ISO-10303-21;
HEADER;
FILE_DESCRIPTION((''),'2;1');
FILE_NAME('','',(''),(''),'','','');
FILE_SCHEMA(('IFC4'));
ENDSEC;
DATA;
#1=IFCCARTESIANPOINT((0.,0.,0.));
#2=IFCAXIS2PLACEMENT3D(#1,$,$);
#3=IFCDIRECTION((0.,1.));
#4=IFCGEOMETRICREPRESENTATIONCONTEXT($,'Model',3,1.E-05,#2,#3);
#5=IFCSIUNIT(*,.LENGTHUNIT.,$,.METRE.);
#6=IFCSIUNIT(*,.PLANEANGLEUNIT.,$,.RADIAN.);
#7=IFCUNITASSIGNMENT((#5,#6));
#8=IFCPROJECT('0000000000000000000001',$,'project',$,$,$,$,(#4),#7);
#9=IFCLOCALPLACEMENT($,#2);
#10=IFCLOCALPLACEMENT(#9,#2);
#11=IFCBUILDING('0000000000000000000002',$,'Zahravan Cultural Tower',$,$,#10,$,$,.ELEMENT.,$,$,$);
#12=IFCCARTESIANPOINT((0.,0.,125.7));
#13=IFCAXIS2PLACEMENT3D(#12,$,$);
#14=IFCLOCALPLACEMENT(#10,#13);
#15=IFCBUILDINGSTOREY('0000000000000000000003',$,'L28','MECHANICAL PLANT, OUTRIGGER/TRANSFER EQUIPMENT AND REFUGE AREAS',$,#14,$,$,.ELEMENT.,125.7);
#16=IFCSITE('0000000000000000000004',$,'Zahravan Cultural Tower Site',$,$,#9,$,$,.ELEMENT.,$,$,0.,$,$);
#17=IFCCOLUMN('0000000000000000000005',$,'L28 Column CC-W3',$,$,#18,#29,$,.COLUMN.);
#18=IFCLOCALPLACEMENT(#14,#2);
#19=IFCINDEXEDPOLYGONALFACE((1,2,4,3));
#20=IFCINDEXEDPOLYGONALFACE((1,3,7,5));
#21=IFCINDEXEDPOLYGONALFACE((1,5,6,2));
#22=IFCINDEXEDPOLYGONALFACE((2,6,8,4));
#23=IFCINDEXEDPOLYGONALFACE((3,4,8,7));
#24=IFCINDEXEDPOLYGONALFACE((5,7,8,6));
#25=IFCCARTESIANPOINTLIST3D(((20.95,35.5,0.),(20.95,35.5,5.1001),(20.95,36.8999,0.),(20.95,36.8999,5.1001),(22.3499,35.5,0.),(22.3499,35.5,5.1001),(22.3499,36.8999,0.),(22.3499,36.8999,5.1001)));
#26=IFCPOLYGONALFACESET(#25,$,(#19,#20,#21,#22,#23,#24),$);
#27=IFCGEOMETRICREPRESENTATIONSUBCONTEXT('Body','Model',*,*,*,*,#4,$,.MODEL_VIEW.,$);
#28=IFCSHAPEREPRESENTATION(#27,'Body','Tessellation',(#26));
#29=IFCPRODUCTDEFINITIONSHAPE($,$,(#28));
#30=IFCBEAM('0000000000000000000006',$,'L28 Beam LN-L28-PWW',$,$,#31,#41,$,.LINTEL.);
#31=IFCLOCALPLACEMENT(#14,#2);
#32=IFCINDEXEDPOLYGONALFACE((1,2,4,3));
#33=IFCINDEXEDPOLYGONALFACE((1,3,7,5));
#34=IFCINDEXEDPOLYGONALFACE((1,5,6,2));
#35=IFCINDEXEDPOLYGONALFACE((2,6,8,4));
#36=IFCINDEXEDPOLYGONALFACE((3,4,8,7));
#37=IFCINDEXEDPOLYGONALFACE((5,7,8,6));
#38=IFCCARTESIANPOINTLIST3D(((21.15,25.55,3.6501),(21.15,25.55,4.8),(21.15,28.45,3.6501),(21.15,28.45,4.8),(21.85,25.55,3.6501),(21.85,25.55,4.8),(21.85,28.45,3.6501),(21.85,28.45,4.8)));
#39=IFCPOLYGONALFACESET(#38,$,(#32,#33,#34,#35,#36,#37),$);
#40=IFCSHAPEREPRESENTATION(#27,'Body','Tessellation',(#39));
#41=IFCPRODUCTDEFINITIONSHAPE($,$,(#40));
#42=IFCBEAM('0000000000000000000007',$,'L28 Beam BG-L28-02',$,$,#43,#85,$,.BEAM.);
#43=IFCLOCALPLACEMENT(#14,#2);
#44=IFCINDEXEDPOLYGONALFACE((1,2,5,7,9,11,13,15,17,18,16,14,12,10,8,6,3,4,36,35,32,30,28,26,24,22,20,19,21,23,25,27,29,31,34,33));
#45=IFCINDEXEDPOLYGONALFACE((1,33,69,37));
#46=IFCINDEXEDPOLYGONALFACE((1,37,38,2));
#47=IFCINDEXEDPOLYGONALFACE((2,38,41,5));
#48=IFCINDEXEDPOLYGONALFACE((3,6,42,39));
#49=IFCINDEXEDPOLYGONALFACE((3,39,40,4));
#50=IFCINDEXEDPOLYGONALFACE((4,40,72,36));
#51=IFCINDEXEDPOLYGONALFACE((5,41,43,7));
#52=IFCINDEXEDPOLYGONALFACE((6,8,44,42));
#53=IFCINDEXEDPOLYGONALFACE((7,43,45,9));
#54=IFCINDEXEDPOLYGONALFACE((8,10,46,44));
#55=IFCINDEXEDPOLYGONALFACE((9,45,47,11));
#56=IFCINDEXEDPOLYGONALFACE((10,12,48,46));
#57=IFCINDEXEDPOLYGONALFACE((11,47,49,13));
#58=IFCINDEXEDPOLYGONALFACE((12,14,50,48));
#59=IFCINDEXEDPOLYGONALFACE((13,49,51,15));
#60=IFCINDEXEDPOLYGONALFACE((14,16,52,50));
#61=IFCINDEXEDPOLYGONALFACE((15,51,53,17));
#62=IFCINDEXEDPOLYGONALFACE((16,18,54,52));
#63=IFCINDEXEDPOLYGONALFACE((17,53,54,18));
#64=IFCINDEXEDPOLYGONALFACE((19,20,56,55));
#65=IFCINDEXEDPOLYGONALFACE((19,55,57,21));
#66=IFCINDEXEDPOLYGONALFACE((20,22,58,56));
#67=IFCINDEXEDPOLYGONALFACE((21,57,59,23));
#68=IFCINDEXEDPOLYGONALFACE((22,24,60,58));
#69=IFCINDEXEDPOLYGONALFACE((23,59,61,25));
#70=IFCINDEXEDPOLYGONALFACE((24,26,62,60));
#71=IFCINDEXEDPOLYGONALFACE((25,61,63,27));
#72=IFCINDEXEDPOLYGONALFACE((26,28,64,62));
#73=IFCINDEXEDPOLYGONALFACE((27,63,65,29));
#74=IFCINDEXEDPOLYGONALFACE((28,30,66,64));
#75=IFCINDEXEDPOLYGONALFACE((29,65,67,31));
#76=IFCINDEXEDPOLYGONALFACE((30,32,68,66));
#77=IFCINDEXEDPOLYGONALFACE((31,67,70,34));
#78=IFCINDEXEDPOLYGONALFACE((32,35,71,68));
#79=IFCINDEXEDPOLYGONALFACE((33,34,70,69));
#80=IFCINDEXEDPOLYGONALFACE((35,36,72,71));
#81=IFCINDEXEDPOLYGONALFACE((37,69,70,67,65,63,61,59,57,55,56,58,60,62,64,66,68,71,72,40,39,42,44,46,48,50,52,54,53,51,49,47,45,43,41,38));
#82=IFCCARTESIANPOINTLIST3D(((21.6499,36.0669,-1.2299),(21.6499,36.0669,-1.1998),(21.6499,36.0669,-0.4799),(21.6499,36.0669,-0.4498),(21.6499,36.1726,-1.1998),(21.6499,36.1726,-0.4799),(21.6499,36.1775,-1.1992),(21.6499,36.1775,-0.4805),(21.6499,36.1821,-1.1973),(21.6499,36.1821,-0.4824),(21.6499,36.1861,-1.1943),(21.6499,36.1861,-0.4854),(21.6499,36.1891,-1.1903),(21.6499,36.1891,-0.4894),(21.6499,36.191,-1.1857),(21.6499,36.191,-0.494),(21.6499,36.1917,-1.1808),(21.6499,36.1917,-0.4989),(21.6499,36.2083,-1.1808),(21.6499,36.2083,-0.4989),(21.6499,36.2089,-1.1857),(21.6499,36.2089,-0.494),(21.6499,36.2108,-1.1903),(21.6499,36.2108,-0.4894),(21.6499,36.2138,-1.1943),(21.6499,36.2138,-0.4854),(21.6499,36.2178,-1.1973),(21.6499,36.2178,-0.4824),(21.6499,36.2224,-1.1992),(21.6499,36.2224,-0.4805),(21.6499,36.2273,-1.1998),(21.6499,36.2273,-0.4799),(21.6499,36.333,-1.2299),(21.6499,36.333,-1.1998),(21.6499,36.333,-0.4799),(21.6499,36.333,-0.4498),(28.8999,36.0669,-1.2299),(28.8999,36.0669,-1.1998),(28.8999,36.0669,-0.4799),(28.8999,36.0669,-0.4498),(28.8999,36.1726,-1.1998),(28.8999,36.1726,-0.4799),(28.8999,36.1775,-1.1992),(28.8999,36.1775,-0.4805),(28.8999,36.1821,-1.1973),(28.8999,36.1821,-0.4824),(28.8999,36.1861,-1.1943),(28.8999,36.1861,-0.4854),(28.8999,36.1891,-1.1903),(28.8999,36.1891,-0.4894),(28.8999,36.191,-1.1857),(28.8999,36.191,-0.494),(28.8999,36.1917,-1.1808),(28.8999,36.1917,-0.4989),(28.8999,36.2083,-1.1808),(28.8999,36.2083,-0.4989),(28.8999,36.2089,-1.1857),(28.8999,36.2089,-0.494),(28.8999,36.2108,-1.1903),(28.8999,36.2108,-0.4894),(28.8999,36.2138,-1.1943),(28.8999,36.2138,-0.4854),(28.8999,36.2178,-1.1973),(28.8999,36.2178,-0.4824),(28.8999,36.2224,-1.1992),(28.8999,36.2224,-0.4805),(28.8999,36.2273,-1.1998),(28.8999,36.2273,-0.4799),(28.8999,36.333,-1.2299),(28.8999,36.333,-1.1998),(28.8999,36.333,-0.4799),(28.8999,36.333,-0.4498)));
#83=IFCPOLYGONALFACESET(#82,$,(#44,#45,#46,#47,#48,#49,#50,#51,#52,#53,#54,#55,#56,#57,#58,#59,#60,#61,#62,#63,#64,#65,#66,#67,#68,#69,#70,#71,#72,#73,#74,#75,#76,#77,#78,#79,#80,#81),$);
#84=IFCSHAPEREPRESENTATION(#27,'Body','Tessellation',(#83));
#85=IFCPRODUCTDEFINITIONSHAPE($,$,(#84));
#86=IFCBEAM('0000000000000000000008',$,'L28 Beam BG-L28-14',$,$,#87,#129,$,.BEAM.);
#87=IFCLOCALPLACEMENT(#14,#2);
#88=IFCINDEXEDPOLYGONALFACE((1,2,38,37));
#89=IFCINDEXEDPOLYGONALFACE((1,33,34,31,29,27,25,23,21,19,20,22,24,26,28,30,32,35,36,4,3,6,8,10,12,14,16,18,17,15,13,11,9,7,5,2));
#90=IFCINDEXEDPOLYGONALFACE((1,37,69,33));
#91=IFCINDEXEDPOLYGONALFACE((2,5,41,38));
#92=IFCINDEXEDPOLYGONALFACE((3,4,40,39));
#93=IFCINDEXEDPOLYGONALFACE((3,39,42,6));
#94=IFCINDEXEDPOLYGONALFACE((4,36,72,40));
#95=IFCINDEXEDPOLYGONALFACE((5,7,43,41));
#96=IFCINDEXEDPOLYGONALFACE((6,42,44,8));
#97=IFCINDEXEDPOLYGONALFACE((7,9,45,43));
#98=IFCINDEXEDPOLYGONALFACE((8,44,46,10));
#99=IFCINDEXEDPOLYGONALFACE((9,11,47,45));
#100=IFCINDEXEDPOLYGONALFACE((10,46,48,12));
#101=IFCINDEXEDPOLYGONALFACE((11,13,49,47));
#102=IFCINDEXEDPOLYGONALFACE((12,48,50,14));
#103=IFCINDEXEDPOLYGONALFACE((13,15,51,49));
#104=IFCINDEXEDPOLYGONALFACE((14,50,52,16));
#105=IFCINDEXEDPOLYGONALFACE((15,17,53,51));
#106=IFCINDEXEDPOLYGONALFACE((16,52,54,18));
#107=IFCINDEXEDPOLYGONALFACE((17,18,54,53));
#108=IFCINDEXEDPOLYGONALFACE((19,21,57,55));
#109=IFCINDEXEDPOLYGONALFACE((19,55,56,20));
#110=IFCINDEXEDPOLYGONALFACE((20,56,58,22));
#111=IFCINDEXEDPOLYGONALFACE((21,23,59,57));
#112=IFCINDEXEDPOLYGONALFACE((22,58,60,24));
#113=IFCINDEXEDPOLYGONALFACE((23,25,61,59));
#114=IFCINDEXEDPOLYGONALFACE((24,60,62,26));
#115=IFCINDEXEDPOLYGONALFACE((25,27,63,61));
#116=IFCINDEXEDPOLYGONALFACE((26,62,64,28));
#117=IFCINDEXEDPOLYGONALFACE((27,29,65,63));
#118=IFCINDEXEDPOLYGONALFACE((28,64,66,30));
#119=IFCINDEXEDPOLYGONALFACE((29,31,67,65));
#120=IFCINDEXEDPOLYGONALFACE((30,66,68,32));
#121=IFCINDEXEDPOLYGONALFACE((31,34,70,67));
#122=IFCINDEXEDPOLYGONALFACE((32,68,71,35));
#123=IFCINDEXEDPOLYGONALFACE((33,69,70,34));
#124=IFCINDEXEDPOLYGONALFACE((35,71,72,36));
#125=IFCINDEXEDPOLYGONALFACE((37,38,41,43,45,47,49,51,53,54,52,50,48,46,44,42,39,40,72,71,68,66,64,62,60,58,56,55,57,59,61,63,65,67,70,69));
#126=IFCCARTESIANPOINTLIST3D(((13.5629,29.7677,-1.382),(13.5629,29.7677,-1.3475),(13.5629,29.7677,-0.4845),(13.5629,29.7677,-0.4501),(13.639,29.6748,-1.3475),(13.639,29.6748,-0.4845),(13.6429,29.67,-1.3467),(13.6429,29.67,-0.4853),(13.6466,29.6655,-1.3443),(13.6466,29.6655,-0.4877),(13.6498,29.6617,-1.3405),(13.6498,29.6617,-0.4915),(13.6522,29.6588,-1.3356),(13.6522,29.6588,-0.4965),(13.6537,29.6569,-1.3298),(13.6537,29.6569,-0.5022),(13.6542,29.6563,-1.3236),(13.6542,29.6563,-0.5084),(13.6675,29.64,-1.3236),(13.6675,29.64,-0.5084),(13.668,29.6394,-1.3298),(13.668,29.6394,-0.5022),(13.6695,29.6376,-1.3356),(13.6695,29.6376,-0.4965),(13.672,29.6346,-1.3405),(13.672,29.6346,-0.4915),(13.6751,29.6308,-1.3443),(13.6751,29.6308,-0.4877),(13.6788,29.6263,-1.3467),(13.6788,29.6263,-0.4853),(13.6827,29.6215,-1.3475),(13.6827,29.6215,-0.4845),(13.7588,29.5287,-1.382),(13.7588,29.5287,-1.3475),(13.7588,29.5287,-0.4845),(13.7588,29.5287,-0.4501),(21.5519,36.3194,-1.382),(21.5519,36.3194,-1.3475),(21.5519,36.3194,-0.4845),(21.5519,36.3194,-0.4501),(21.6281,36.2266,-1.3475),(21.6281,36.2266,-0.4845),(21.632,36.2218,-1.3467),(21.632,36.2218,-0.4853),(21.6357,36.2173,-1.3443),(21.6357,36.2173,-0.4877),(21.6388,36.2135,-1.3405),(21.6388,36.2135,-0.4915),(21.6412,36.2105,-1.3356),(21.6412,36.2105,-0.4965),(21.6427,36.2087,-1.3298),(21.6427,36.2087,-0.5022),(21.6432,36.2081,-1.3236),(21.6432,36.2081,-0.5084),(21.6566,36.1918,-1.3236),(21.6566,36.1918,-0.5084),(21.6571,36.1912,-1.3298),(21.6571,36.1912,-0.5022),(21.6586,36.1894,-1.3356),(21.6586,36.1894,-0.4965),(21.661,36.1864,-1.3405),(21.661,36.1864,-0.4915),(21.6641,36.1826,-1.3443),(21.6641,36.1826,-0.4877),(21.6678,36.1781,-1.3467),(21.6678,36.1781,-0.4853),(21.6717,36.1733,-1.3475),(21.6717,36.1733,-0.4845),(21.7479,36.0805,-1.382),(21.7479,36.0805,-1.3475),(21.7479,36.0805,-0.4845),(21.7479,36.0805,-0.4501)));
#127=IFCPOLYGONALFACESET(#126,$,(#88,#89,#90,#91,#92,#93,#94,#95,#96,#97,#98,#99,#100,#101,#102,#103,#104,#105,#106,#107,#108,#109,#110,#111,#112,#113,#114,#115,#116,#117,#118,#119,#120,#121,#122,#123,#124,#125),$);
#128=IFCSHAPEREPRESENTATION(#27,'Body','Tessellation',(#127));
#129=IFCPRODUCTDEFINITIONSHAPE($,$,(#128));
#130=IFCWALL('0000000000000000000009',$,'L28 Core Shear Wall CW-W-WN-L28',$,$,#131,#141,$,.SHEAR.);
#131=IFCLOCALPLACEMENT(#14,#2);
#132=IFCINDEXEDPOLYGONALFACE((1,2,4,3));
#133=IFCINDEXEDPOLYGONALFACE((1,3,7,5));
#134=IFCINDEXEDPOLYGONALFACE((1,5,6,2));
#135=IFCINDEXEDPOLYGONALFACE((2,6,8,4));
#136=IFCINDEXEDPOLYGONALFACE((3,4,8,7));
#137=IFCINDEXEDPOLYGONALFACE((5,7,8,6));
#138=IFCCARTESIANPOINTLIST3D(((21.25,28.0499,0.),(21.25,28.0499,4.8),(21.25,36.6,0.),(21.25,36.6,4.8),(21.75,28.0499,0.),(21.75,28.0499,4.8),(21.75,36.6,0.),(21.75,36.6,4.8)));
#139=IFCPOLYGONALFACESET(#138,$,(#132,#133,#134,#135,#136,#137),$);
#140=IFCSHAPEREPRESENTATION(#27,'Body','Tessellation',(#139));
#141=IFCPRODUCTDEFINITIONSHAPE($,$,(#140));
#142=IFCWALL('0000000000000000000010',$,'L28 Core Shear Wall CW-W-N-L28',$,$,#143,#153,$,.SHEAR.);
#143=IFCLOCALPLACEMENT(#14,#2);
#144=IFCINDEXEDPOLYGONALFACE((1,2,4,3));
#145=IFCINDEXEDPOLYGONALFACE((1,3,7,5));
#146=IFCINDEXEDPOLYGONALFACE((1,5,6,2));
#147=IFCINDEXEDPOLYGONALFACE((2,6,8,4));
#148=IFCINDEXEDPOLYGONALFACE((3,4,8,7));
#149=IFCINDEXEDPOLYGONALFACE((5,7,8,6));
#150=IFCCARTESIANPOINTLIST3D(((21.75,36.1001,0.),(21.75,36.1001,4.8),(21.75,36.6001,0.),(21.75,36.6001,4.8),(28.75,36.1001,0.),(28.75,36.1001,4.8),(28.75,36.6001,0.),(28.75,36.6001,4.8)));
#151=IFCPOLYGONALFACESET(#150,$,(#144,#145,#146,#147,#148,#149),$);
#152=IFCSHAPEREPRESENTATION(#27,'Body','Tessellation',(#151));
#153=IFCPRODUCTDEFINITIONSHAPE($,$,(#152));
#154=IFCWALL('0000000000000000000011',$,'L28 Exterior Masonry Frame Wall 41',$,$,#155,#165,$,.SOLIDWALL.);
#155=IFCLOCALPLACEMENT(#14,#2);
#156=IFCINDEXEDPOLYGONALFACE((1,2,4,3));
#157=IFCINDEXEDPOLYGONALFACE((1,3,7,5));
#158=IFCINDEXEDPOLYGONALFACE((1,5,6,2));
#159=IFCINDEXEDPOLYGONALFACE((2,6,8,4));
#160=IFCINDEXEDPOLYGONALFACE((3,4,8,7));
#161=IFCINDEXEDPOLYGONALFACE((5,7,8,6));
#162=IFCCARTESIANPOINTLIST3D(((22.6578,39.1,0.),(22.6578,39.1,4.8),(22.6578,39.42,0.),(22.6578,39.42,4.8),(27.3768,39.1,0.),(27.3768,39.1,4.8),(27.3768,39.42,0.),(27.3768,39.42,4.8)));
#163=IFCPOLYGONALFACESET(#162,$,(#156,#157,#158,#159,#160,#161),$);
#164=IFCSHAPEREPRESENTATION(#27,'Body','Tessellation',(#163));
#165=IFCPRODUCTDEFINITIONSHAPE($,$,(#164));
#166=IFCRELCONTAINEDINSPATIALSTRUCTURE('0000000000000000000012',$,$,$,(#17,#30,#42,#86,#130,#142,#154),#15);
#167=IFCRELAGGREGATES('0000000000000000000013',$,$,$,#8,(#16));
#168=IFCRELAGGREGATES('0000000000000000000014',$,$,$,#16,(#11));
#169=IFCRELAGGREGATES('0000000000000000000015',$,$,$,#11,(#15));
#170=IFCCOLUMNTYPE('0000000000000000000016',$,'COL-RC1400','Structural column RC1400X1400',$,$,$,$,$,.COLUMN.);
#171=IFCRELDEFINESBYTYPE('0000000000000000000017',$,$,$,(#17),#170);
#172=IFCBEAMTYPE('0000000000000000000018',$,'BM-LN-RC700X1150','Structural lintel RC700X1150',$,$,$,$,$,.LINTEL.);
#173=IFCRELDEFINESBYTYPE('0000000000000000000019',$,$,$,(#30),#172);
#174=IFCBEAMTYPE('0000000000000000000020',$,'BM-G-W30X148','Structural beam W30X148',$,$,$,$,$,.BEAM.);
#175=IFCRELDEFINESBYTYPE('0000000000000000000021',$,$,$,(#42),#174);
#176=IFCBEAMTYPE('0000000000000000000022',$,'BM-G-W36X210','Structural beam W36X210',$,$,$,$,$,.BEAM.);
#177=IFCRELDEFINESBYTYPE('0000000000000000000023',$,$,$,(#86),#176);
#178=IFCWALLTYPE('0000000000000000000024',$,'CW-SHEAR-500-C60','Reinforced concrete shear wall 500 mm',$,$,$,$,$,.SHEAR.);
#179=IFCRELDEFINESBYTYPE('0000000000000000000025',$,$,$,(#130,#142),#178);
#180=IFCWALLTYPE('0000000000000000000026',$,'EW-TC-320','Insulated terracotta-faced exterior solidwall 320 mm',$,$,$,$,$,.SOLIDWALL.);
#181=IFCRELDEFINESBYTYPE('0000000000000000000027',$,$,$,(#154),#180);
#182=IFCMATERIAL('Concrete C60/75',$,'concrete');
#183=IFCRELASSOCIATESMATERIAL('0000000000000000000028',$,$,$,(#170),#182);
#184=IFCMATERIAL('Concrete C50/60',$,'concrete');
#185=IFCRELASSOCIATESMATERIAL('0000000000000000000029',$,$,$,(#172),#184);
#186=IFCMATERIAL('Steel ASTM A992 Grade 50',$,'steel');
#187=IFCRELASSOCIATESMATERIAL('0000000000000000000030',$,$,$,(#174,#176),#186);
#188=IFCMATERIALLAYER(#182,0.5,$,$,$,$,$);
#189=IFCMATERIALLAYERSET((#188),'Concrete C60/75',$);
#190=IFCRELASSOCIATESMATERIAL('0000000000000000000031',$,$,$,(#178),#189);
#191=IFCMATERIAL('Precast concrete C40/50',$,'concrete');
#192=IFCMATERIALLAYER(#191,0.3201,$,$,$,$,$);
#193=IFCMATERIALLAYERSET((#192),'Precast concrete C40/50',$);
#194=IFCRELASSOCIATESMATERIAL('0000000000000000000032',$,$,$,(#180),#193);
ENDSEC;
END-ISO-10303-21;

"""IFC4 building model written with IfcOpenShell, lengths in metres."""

from ifc_helpers import new_model, si_unit, direction, frame, frame_2d, origin, origin_2d, place, context, subcontext, project, spatial, rectangle, i_section, extrude, source, transform, mapped, material, layer, layer_set, material_profile, profile_set, type_object, element, save


model = new_model("IFC4")

# Units and contexts
model_context = context("Model", 3, precision=1e-05, world=origin(), true_north=direction((0.0, 1.0)))
body_context = subcontext(model_context, "Body", "Model", "MODEL_VIEW")
ifc_project = project(units=[si_unit("LENGTHUNIT", "METRE"), si_unit("PLANEANGLEUNIT", "RADIAN")], contexts=[model_context])

# Site, building, storey
site_placement = place(None, origin())
site = spatial("IfcSite", under=ifc_project, at=site_placement, Name="Zahravan Cultural Tower Site", CompositionType="ELEMENT", RefElevation=0.0)
building_placement = place(site_placement, origin())
building = spatial("IfcBuilding", under=site, at=building_placement, Name="Zahravan Cultural Tower", CompositionType="ELEMENT")
storey_placement = place(building_placement, frame((0.0, 0.0, 125.7)))
storey = spatial("IfcBuildingStorey", under=building, at=storey_placement, Name="L28", Description="MECHANICAL PLANT, OUTRIGGER/TRANSFER EQUIPMENT AND REFUGE AREAS", CompositionType="ELEMENT", Elevation=125.7)

# Column
ifc_material_1 = material(Name="Concrete C60/75", Category="concrete")
ifc_material_profile_1 = material_profile(ifc_material_1, rectangle(XDim=1.3999, YDim=1.3999, at=origin_2d()), Name="RC1400X1400")
ifc_profile_set_1 = profile_set([ifc_material_profile_1], Name="Concrete C60/75")
column_type = type_object("IfcColumnType", Name="COL-RC1400", Description="Structural column RC1400X1400", PredefinedType="COLUMN", material=ifc_profile_set_1)
shared_shape_1 = source(origin(), body_context, "Body", "SweptSolid", [
    extrude(rectangle(XDim=1.3999, YDim=1.3999, at=origin_2d()), origin(), (0.0, 0.0, 1.0), 5.1001),
])
column_placement = place(storey_placement, frame((21.6499, 36.2, 0.0), z_axis=(0.0, 0.0, 1.0), x_axis=(1.0, 0.0, 0.0)))
element("IfcColumn", 1, at=column_placement, inside=storey, type_object=column_type, Name="L28 Column CC-W3", PredefinedType="COLUMN", context=body_context, shape_type="MappedRepresentation", body=[
    mapped(shared_shape_1, transform((0.0, 0.0, 0.0), x_axis=(1.0, 0.0, 0.0), y_axis=(0.0, 1.0, 0.0), z_axis=(0.0, 0.0, 1.0), scale=1.0)),
])

# Beams
ifc_material_2 = material(Name="Concrete C50/60", Category="concrete")
ifc_material_profile_2 = material_profile(ifc_material_2, rectangle(XDim=0.7, YDim=1.1499, at=origin_2d()), Name="RC700X1150")
ifc_profile_set_2 = profile_set([ifc_material_profile_2], Name="Concrete C50/60")
beam_type_1 = type_object("IfcBeamType", Name="BM-LN-RC700X1150", Description="Structural lintel RC700X1150", PredefinedType="LINTEL", material=ifc_profile_set_2)
shared_shape_2 = source(origin(), body_context, "Body", "SweptSolid", [
    extrude(rectangle(XDim=0.7, YDim=1.1499, at=origin_2d()), origin(), (0.0, 0.0, 1.0), 2.8999),
])
beam_1_placement = place(storey_placement, frame((21.5, 25.55, 4.2251), z_axis=(0.0, 1.0, 0.0), x_axis=(-1.0, 0.0, 0.0)))
element("IfcBeam", 2, at=beam_1_placement, inside=storey, type_object=beam_type_1, Name="L28 Beam LN-L28-PWW", PredefinedType="LINTEL", context=body_context, shape_type="MappedRepresentation", body=[
    mapped(shared_shape_2, transform((0.0, 0.0, 0.0), x_axis=(1.0, 0.0, 0.0), y_axis=(0.0, 1.0, 0.0), z_axis=(0.0, 0.0, 1.0), scale=1.0)),
])
ifc_material_3 = material(Name="Steel ASTM A992 Grade 50", Category="steel")
ifc_material_profile_3 = material_profile(ifc_material_3, i_section(OverallWidth=0.2661, OverallDepth=0.78, WebThickness=0.0166, FlangeThickness=0.03, FilletRadius=0.019, at=origin_2d()), Name="W30X148")
ifc_profile_set_3 = profile_set([ifc_material_profile_3], Name="Steel ASTM A992 Grade 50")
beam_type_2 = type_object("IfcBeamType", Name="BM-G-W30X148", Description="Structural beam W30X148", PredefinedType="BEAM", material=ifc_profile_set_3)
shared_shape_3 = source(origin(), body_context, "Body", "SweptSolid", [
    extrude(i_section(OverallWidth=0.2661, OverallDepth=0.78, WebThickness=0.0166, FlangeThickness=0.03, FilletRadius=0.019, at=origin_2d()), origin(), (0.0, 0.0, 1.0), 7.25),
])
beam_2_placement = place(storey_placement, frame((21.6499, 36.2, -0.8398), z_axis=(1.0, 0.0, 0.0), x_axis=(0.0, 1.0, 0.0)))
element("IfcBeam", 3, at=beam_2_placement, inside=storey, type_object=beam_type_2, Name="L28 Beam BG-L28-02", PredefinedType="BEAM", context=body_context, shape_type="MappedRepresentation", body=[
    mapped(shared_shape_3, transform((0.0, 0.0, 0.0), x_axis=(1.0, 0.0, 0.0), y_axis=(0.0, 1.0, 0.0), z_axis=(0.0, 0.0, 1.0), scale=1.0)),
])
ifc_material_profile_4 = material_profile(ifc_material_3, i_section(OverallWidth=0.3091, OverallDepth=0.9319, WebThickness=0.021, FlangeThickness=0.0344, FilletRadius=0.0239, at=origin_2d()), Name="W36X210")
ifc_profile_set_4 = profile_set([ifc_material_profile_4], Name="Steel ASTM A992 Grade 50")
beam_type_3 = type_object("IfcBeamType", Name="BM-G-W36X210", Description="Structural beam W36X210", PredefinedType="BEAM", material=ifc_profile_set_4)
shared_shape_4 = source(origin(), body_context, "Body", "SweptSolid", [
    extrude(i_section(OverallWidth=0.3091, OverallDepth=0.9319, WebThickness=0.021, FlangeThickness=0.0344, FilletRadius=0.0239, at=origin_2d()), origin(), (0.0, 0.0, 1.0), 10.332),
])
beam_3_placement = place(storey_placement, frame((21.6499, 36.2, -0.916), z_axis=(-0.773231, -0.634124, 0.0), x_axis=(0.634124, -0.773231, 0.0)))
element("IfcBeam", 4, at=beam_3_placement, inside=storey, type_object=beam_type_3, Name="L28 Beam BG-L28-14", PredefinedType="BEAM", context=body_context, shape_type="MappedRepresentation", body=[
    mapped(shared_shape_4, transform((0.0, 0.0, 0.0), x_axis=(1.0, 0.0, 0.0), y_axis=(0.0, 1.0, 0.0), z_axis=(0.0, 0.0, 1.0), scale=1.0)),
])

# Walls
ifc_layer_1 = layer(ifc_material_1, 0.5)
ifc_layer_set_1 = layer_set([ifc_layer_1], Name="Concrete C60/75")
wall_type_1 = type_object("IfcWallType", Name="CW-SHEAR-500-C60", Description="Reinforced concrete shear wall 500 mm", PredefinedType="SHEAR", material=ifc_layer_set_1)
shared_shape_5 = source(origin(), body_context, "Body", "SweptSolid", [
    extrude(rectangle(XDim=8.55, YDim=0.5, at=frame_2d((4.2749, 0.0))), origin(), (0.0, 0.0, 1.0), 4.8),
])
wall_1_placement = place(storey_placement, frame((21.5, 28.05, 0.0), z_axis=(0.0, 0.0, 1.0), x_axis=(0.0, 1.0, 0.0)))
element("IfcWall", 5, at=wall_1_placement, inside=storey, type_object=wall_type_1, Name="L28 Core Shear Wall CW-W-WN-L28", PredefinedType="SHEAR", context=body_context, shape_type="MappedRepresentation", body=[
    mapped(shared_shape_5, transform((0.0, 0.0, 0.0), x_axis=(1.0, 0.0, 0.0), y_axis=(0.0, 1.0, 0.0), z_axis=(0.0, 0.0, 1.0), scale=1.0)),
])
shared_shape_6 = source(origin(), body_context, "Body", "SweptSolid", [
    extrude(rectangle(XDim=7.0, YDim=0.5, at=frame_2d((3.5, 0.0))), origin(), (0.0, 0.0, 1.0), 4.8),
])
wall_2_placement = place(storey_placement, frame((21.75, 36.3501, 0.0), z_axis=(0.0, 0.0, 1.0), x_axis=(1.0, 0.0, 0.0)))
element("IfcWall", 6, at=wall_2_placement, inside=storey, type_object=wall_type_1, Name="L28 Core Shear Wall CW-W-N-L28", PredefinedType="SHEAR", context=body_context, shape_type="MappedRepresentation", body=[
    mapped(shared_shape_6, transform((0.0, 0.0, 0.0), x_axis=(1.0, 0.0, 0.0), y_axis=(0.0, 1.0, 0.0), z_axis=(0.0, 0.0, 1.0), scale=1.0)),
])
ifc_material_4 = material(Name="Precast concrete C40/50", Category="concrete")
ifc_layer_2 = layer(ifc_material_4, 0.3201)
ifc_layer_set_2 = layer_set([ifc_layer_2], Name="Precast concrete C40/50")
wall_type_2 = type_object("IfcWallType", Name="EW-TC-320", Description="Insulated terracotta-faced exterior solidwall 320 mm", PredefinedType="SOLIDWALL", material=ifc_layer_set_2)
shared_shape_7 = source(origin(), body_context, "Body", "SweptSolid", [
    extrude(rectangle(XDim=4.719, YDim=0.3201, at=frame_2d((2.3594, 0.0))), origin(), (0.0, 0.0, 1.0), 4.8),
])
wall_3_placement = place(storey_placement, frame((22.658, 39.26, 0.0), z_axis=(0.0, 0.0, 1.0), x_axis=(1.0, 0.0, 0.0)))
element("IfcWall", 7, at=wall_3_placement, inside=storey, type_object=wall_type_2, Name="L28 Exterior Masonry Frame Wall 41", PredefinedType="SOLIDWALL", context=body_context, shape_type="MappedRepresentation", body=[
    mapped(shared_shape_7, transform((0.0, 0.0, 0.0), x_axis=(1.0, 0.0, 0.0), y_axis=(0.0, 1.0, 0.0), z_axis=(0.0, 0.0, 1.0), scale=1.0)),
])

save(model, "model.ifc")
